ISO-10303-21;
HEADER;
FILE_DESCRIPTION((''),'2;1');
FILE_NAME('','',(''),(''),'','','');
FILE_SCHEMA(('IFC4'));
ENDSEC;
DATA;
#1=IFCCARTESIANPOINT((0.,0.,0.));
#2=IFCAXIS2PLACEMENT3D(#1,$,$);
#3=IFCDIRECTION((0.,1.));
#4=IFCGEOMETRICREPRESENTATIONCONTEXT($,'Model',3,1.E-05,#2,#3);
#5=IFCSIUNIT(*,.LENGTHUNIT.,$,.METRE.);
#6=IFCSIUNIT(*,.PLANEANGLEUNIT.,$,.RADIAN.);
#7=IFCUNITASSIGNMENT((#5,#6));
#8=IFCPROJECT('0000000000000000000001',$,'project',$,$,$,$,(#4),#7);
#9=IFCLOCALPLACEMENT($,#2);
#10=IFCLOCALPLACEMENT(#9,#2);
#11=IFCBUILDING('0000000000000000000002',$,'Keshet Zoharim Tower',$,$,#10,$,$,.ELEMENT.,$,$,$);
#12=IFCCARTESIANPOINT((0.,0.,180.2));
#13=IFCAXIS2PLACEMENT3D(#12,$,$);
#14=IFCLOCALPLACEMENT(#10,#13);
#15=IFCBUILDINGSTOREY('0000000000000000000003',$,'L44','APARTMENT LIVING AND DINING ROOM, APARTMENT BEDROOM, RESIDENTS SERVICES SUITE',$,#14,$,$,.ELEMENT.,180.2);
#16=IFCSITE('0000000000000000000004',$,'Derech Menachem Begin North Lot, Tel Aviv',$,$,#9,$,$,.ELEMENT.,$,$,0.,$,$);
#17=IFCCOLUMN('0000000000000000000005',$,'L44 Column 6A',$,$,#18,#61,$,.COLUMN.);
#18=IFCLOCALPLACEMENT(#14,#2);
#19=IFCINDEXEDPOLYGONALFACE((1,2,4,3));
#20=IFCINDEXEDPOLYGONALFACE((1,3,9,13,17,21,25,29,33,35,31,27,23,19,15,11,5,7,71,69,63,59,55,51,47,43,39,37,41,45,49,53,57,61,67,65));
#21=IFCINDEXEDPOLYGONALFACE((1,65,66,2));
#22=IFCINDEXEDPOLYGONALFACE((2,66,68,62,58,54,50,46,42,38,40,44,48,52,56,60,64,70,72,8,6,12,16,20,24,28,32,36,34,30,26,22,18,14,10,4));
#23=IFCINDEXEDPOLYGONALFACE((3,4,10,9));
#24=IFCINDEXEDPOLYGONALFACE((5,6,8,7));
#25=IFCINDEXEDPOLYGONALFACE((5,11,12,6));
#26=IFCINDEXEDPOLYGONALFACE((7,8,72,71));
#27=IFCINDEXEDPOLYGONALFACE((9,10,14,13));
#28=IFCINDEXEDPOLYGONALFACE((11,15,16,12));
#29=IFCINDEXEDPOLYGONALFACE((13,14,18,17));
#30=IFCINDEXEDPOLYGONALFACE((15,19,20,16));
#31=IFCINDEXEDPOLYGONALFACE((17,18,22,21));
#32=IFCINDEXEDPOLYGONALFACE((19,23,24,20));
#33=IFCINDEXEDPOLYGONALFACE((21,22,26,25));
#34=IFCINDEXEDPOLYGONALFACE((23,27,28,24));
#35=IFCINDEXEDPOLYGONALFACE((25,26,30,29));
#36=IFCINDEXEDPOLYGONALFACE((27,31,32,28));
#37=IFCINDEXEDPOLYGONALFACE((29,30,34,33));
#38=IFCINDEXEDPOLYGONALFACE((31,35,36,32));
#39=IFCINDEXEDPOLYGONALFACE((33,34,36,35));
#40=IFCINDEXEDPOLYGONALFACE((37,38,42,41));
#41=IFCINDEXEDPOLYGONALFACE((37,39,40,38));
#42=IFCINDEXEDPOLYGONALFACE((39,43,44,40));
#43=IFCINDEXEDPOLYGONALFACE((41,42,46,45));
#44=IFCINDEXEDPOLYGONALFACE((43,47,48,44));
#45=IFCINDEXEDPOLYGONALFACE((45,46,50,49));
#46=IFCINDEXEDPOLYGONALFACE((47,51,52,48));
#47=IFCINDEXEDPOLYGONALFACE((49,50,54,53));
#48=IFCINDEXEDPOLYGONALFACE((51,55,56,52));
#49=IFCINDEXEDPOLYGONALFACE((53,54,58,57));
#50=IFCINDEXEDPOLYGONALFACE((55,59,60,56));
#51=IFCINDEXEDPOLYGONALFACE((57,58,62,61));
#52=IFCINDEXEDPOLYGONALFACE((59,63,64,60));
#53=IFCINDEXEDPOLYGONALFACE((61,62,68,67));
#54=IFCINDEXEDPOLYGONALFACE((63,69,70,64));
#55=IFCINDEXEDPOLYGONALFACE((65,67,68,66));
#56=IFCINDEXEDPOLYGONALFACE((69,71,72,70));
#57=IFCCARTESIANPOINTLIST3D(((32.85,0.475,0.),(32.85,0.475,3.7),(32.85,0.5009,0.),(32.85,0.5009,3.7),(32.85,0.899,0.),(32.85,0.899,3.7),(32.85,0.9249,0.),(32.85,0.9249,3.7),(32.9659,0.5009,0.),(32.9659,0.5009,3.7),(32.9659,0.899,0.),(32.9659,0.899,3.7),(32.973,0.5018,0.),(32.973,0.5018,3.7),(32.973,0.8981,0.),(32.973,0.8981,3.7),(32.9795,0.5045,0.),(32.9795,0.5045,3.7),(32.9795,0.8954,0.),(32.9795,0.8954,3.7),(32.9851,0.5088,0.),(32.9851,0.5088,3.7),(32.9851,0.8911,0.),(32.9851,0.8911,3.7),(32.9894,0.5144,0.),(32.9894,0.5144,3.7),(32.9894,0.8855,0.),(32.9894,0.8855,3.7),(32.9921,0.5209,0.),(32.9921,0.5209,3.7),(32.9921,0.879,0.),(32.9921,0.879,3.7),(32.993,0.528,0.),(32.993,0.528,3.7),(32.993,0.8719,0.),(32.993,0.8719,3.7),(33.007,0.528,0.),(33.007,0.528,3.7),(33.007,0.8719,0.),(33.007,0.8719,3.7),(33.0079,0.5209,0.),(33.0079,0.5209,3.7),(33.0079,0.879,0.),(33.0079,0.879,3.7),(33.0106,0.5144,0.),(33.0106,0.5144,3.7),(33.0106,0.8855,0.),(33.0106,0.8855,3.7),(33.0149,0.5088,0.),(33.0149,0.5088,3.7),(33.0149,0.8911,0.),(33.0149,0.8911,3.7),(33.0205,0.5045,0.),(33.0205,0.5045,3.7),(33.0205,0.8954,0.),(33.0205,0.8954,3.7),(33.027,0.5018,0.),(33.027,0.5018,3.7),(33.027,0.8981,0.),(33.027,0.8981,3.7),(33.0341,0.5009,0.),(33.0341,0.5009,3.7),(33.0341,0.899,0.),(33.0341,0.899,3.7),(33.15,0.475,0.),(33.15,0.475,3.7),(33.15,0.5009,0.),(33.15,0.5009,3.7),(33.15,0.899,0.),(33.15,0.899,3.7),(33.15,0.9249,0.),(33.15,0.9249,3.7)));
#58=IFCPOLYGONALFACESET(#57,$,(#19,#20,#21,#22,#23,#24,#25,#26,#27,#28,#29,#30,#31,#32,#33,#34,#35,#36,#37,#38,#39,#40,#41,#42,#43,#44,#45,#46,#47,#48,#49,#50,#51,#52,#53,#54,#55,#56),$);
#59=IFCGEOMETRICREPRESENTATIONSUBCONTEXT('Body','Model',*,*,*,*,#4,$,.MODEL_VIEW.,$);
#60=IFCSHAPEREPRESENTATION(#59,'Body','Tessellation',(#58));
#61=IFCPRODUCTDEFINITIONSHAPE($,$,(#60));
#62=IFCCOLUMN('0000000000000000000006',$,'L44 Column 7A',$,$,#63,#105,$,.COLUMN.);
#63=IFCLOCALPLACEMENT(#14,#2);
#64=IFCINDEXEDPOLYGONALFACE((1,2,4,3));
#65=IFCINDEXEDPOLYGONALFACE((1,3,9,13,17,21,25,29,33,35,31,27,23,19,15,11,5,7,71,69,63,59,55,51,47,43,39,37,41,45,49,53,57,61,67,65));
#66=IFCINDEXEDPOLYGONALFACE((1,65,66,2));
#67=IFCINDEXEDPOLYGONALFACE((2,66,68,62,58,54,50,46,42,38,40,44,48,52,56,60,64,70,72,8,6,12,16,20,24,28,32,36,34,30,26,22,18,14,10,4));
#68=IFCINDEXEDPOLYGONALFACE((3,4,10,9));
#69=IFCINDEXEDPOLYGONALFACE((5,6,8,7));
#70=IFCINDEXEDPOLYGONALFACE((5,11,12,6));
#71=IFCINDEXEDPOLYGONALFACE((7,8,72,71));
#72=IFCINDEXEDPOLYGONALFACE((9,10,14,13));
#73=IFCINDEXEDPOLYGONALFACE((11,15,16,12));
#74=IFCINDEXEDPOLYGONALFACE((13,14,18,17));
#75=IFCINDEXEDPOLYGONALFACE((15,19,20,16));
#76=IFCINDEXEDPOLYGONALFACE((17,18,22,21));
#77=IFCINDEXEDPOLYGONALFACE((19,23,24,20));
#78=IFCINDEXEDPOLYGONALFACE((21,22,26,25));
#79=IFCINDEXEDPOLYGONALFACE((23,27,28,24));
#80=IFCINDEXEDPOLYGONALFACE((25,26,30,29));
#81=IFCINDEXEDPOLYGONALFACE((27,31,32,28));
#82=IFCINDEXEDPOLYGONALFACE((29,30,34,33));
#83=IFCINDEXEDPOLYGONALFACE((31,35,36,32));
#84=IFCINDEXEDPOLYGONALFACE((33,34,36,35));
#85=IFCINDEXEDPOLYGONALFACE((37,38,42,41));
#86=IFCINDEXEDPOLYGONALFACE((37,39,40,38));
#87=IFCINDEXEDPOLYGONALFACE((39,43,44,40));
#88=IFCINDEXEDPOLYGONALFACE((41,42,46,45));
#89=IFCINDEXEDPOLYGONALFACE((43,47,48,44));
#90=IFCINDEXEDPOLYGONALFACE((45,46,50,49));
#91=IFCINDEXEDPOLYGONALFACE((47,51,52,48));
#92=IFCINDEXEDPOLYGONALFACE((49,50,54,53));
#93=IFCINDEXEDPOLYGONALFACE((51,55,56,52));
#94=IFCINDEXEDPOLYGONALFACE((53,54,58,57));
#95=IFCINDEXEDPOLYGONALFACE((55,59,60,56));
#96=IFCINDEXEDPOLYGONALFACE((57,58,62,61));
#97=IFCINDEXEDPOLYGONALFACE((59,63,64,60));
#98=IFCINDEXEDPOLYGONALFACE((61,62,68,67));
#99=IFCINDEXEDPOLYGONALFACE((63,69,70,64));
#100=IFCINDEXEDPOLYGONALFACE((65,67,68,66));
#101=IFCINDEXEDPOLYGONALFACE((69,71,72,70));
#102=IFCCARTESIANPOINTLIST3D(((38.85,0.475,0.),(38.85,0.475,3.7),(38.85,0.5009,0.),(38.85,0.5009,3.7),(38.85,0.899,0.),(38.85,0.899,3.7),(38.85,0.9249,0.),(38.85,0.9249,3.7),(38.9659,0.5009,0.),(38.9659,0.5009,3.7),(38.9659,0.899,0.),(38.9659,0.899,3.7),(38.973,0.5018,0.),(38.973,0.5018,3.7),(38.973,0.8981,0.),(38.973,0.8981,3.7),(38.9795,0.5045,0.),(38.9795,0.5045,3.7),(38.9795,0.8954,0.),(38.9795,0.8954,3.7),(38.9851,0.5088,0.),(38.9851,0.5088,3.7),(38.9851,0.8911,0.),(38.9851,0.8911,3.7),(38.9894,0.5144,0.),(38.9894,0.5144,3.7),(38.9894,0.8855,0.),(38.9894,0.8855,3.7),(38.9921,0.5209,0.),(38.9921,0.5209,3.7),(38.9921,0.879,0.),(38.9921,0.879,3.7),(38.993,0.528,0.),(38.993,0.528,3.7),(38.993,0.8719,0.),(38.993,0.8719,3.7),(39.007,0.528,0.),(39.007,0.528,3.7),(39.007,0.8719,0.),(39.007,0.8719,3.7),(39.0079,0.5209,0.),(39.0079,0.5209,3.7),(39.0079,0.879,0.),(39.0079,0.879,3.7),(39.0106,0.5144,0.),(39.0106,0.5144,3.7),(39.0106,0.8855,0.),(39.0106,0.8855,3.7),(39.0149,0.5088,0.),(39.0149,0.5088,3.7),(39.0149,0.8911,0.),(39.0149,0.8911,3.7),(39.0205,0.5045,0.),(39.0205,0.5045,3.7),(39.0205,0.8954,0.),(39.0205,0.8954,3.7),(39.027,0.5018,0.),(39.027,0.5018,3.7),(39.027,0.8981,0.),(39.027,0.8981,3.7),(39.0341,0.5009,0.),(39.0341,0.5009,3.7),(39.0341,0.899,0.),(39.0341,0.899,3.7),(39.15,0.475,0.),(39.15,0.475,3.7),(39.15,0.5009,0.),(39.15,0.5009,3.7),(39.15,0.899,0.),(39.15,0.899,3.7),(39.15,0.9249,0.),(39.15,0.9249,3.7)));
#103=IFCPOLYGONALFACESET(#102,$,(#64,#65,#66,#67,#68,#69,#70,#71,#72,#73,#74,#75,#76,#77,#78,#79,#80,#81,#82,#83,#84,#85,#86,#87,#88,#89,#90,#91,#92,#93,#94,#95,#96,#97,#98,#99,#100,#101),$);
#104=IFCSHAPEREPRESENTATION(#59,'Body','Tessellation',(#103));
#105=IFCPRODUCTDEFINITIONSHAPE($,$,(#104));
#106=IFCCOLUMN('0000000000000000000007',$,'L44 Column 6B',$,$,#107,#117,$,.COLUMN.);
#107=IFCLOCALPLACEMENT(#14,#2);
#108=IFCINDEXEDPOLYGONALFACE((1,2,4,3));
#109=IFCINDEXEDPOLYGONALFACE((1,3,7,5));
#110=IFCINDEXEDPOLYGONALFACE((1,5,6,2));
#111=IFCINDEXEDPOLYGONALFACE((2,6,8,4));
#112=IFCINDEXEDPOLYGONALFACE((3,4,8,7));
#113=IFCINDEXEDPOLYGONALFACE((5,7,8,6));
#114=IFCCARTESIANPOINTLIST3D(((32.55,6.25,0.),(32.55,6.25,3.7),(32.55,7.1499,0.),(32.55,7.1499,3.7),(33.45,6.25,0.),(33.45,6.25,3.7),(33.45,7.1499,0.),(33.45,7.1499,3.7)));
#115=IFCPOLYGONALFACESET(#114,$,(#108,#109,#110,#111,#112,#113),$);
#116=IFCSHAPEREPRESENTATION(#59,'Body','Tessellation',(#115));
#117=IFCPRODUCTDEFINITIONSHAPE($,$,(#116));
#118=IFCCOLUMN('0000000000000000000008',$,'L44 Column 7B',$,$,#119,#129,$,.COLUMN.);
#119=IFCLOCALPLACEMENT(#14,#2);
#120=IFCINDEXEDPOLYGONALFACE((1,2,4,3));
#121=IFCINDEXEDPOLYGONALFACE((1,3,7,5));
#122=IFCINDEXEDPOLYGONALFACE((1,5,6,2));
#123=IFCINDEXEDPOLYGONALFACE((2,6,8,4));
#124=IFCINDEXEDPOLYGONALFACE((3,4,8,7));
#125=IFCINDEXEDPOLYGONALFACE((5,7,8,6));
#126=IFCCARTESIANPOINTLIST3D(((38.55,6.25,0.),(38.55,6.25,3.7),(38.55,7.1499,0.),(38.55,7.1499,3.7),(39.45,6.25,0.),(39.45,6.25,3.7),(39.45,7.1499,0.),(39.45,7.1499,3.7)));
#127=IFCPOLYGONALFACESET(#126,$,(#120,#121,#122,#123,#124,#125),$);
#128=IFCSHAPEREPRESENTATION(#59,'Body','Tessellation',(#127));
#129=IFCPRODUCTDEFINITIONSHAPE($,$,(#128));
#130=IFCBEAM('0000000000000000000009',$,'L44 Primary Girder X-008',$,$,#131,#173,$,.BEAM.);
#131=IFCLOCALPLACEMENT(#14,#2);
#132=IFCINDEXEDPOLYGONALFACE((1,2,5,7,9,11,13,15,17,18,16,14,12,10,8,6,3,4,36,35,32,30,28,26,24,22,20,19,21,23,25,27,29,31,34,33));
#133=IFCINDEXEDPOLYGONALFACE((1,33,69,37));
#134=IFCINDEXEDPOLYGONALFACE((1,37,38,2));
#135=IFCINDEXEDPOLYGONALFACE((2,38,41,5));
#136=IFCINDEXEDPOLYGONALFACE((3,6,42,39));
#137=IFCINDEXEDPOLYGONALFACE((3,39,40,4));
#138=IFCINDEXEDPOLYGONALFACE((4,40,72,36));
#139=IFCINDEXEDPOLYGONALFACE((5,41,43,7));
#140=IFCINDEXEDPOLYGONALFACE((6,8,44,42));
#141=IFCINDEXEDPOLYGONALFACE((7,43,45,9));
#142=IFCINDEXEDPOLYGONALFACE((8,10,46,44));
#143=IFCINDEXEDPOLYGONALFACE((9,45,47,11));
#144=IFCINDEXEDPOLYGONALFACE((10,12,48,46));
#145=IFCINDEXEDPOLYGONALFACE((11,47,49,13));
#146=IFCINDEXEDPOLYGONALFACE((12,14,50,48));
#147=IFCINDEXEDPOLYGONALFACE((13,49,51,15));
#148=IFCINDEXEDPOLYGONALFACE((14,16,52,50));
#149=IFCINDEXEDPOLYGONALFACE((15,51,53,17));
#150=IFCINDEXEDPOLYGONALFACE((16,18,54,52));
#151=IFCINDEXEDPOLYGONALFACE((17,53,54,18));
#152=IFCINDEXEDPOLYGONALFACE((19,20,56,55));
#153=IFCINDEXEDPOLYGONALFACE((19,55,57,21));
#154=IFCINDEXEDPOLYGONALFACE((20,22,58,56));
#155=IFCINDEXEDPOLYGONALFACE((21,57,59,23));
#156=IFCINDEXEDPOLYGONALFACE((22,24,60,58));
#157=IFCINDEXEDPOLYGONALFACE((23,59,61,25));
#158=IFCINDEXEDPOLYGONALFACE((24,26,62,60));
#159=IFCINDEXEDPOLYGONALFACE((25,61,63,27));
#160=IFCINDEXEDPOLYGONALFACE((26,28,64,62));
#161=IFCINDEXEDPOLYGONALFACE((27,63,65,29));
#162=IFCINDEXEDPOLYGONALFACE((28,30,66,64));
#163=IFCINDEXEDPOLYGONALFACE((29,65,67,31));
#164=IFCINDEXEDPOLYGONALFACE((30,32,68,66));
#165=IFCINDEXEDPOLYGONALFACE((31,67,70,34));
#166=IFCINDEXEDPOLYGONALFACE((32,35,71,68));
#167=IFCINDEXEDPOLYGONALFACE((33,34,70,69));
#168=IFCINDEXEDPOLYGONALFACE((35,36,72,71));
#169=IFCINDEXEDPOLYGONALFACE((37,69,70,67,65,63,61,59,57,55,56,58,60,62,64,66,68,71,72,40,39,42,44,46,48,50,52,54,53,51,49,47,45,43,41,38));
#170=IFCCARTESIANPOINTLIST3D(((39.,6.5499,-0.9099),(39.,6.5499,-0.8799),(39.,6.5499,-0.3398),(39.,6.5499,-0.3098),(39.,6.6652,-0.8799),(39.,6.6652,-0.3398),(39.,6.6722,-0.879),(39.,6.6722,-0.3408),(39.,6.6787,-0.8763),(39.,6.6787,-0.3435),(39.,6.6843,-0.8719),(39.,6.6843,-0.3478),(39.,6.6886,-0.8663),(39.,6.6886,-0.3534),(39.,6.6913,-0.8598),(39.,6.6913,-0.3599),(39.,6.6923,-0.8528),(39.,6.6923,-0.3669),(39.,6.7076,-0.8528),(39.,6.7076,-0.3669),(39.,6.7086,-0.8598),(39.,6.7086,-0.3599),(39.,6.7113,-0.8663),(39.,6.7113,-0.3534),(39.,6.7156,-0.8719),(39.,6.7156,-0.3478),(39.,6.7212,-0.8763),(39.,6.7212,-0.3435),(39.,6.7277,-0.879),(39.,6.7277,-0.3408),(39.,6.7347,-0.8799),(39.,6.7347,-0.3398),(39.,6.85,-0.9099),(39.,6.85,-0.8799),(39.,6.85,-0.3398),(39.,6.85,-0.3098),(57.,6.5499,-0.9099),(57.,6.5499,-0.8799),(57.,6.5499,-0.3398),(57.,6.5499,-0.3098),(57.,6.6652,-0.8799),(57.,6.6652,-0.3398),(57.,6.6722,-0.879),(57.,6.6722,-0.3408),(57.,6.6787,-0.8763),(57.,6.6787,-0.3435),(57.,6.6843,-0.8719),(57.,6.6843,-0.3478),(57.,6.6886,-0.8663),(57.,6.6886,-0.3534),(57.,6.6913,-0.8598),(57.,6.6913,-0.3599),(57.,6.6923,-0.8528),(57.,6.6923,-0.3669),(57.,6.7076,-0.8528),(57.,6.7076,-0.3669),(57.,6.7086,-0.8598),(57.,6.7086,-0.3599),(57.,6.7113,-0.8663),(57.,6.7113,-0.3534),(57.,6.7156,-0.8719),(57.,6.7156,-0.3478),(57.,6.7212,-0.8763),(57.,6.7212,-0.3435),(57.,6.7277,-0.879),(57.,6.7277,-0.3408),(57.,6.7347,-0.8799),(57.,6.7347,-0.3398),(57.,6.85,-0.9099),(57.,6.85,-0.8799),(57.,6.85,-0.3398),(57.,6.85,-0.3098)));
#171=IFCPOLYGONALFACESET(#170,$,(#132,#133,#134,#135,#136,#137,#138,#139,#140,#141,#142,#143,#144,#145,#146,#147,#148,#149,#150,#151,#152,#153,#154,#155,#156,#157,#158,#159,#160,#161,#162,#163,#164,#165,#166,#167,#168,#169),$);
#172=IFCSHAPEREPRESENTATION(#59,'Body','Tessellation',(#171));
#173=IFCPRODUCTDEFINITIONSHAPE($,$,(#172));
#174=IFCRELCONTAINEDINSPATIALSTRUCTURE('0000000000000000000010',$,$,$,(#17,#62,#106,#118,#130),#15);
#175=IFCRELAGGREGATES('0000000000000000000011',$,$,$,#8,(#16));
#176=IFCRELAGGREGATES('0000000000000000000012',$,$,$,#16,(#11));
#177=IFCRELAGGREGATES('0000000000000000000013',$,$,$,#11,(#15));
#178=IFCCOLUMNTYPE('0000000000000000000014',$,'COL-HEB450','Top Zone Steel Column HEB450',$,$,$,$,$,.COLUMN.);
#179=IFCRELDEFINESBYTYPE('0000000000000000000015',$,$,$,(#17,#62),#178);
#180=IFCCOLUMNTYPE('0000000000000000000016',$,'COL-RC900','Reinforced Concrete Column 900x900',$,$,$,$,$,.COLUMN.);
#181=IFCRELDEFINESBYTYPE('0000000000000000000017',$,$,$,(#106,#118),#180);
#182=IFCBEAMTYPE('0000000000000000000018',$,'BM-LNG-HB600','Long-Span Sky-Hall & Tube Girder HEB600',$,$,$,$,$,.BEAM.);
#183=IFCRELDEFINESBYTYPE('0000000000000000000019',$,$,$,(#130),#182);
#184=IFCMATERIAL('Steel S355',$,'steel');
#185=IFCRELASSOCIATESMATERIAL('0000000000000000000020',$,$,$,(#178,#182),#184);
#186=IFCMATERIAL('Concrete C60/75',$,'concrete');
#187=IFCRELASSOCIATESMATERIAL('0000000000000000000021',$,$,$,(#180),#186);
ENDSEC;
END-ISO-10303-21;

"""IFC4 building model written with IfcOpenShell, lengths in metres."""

from ifc_helpers import new_model, si_unit, direction, frame, origin, origin_2d, place, context, subcontext, project, spatial, rectangle, i_section, extrude, material, material_profile, profile_set, type_object, element, save


model = new_model("IFC4")

# Units and contexts
model_context = context("Model", 3, precision=1e-05, world=origin(), true_north=direction((0.0, 1.0)))
body_context = subcontext(model_context, "Body", "Model", "MODEL_VIEW")
ifc_project = project(units=[si_unit("LENGTHUNIT", "METRE"), si_unit("PLANEANGLEUNIT", "RADIAN")], contexts=[model_context])

# Site, building, storey
site_placement = place(None, origin())
site = spatial("IfcSite", under=ifc_project, at=site_placement, Name="Derech Menachem Begin North Lot, Tel Aviv", CompositionType="ELEMENT", RefElevation=0.0)
building_placement = place(site_placement, origin())
building = spatial("IfcBuilding", under=site, at=building_placement, Name="Keshet Zoharim Tower", CompositionType="ELEMENT")
storey_placement = place(building_placement, frame((0.0, 0.0, 180.2)))
storey = spatial("IfcBuildingStorey", under=building, at=storey_placement, Name="L44", Description="APARTMENT LIVING AND DINING ROOM, APARTMENT BEDROOM, RESIDENTS SERVICES SUITE", CompositionType="ELEMENT", Elevation=180.2)

# Columns
ifc_material_1 = material(Name="Steel S355", Category="steel")
ifc_material_profile_1 = material_profile(ifc_material_1, i_section(OverallWidth=0.3, OverallDepth=0.45, WebThickness=0.0139, FlangeThickness=0.0259, FilletRadius=0.0271, at=origin_2d()), Name="HEB450")
ifc_profile_set_1 = profile_set([ifc_material_profile_1], Name="Steel S355")
column_type_1 = type_object("IfcColumnType", Name="COL-HEB450", Description="Top Zone Steel Column HEB450", PredefinedType="COLUMN", material=ifc_profile_set_1)
for number, where, z_axis, x_axis, name in (
    (1, (33.0, 0.7, 0.0), (0.0, 0.0, 1.0), (1.0, 0.0, 0.0), "L44 Column 6A"),
    (2, (39.0, 0.7, 0.0), (0.0, 0.0, 1.0), (1.0, 0.0, 0.0), "L44 Column 7A"),
):
    element("IfcColumn", number, at=place(storey_placement, frame(where, z_axis=z_axis, x_axis=x_axis)), inside=storey, type_object=column_type_1, Name=name, PredefinedType="COLUMN", context=body_context, shape_type="SweptSolid", body=[
        extrude(i_section(OverallWidth=0.3, OverallDepth=0.45, WebThickness=0.0139, FlangeThickness=0.0259, FilletRadius=0.0271, at=origin_2d()), origin(), (0.0, 0.0, 1.0), 3.7),
    ])
ifc_material_2 = material(Name="Concrete C60/75", Category="concrete")
ifc_material_profile_2 = material_profile(ifc_material_2, rectangle(XDim=0.8999, YDim=0.8999, at=origin_2d()), Name="RC900x900")
ifc_profile_set_2 = profile_set([ifc_material_profile_2], Name="Concrete C60/75")
column_type_2 = type_object("IfcColumnType", Name="COL-RC900", Description="Reinforced Concrete Column 900x900", PredefinedType="COLUMN", material=ifc_profile_set_2)
for number, where, z_axis, x_axis, name in (
    (3, (33.0, 6.7, 0.0), (0.0, 0.0, 1.0), (1.0, 0.0, 0.0), "L44 Column 6B"),
    (4, (39.0, 6.7, 0.0), (0.0, 0.0, 1.0), (1.0, 0.0, 0.0), "L44 Column 7B"),
):
    element("IfcColumn", number, at=place(storey_placement, frame(where, z_axis=z_axis, x_axis=x_axis)), inside=storey, type_object=column_type_2, Name=name, PredefinedType="COLUMN", context=body_context, shape_type="SweptSolid", body=[
        extrude(rectangle(XDim=0.8999, YDim=0.8999, at=origin_2d()), origin(), (0.0, 0.0, 1.0), 3.7),
    ])

# Beam
ifc_material_profile_3 = material_profile(ifc_material_1, i_section(OverallWidth=0.3, OverallDepth=0.6001, WebThickness=0.0154, FlangeThickness=0.03, FilletRadius=0.0271, at=origin_2d()), Name="HEB600")
ifc_profile_set_3 = profile_set([ifc_material_profile_3], Name="Steel S355")
beam_type_1 = type_object("IfcBeamType", Name="BM-LNG-HB600", Description="Long-Span Sky-Hall & Tube Girder HEB600", PredefinedType="BEAM", material=ifc_profile_set_3)
beam_placement = place(storey_placement, frame((39.0, 6.7, -0.6099), z_axis=(1.0, 0.0, 0.0), x_axis=(0.0, 1.0, 0.0)))
element("IfcBeam", 5, at=beam_placement, inside=storey, type_object=beam_type_1, Name="L44 Primary Girder X-008", PredefinedType="BEAM", context=body_context, shape_type="SweptSolid", body=[
    extrude(i_section(OverallWidth=0.3, OverallDepth=0.6001, WebThickness=0.0154, FlangeThickness=0.03, FilletRadius=0.0271, at=origin_2d()), origin(), (0.0, 0.0, 1.0), 18.0),
])

save(model, "model.ifc")
